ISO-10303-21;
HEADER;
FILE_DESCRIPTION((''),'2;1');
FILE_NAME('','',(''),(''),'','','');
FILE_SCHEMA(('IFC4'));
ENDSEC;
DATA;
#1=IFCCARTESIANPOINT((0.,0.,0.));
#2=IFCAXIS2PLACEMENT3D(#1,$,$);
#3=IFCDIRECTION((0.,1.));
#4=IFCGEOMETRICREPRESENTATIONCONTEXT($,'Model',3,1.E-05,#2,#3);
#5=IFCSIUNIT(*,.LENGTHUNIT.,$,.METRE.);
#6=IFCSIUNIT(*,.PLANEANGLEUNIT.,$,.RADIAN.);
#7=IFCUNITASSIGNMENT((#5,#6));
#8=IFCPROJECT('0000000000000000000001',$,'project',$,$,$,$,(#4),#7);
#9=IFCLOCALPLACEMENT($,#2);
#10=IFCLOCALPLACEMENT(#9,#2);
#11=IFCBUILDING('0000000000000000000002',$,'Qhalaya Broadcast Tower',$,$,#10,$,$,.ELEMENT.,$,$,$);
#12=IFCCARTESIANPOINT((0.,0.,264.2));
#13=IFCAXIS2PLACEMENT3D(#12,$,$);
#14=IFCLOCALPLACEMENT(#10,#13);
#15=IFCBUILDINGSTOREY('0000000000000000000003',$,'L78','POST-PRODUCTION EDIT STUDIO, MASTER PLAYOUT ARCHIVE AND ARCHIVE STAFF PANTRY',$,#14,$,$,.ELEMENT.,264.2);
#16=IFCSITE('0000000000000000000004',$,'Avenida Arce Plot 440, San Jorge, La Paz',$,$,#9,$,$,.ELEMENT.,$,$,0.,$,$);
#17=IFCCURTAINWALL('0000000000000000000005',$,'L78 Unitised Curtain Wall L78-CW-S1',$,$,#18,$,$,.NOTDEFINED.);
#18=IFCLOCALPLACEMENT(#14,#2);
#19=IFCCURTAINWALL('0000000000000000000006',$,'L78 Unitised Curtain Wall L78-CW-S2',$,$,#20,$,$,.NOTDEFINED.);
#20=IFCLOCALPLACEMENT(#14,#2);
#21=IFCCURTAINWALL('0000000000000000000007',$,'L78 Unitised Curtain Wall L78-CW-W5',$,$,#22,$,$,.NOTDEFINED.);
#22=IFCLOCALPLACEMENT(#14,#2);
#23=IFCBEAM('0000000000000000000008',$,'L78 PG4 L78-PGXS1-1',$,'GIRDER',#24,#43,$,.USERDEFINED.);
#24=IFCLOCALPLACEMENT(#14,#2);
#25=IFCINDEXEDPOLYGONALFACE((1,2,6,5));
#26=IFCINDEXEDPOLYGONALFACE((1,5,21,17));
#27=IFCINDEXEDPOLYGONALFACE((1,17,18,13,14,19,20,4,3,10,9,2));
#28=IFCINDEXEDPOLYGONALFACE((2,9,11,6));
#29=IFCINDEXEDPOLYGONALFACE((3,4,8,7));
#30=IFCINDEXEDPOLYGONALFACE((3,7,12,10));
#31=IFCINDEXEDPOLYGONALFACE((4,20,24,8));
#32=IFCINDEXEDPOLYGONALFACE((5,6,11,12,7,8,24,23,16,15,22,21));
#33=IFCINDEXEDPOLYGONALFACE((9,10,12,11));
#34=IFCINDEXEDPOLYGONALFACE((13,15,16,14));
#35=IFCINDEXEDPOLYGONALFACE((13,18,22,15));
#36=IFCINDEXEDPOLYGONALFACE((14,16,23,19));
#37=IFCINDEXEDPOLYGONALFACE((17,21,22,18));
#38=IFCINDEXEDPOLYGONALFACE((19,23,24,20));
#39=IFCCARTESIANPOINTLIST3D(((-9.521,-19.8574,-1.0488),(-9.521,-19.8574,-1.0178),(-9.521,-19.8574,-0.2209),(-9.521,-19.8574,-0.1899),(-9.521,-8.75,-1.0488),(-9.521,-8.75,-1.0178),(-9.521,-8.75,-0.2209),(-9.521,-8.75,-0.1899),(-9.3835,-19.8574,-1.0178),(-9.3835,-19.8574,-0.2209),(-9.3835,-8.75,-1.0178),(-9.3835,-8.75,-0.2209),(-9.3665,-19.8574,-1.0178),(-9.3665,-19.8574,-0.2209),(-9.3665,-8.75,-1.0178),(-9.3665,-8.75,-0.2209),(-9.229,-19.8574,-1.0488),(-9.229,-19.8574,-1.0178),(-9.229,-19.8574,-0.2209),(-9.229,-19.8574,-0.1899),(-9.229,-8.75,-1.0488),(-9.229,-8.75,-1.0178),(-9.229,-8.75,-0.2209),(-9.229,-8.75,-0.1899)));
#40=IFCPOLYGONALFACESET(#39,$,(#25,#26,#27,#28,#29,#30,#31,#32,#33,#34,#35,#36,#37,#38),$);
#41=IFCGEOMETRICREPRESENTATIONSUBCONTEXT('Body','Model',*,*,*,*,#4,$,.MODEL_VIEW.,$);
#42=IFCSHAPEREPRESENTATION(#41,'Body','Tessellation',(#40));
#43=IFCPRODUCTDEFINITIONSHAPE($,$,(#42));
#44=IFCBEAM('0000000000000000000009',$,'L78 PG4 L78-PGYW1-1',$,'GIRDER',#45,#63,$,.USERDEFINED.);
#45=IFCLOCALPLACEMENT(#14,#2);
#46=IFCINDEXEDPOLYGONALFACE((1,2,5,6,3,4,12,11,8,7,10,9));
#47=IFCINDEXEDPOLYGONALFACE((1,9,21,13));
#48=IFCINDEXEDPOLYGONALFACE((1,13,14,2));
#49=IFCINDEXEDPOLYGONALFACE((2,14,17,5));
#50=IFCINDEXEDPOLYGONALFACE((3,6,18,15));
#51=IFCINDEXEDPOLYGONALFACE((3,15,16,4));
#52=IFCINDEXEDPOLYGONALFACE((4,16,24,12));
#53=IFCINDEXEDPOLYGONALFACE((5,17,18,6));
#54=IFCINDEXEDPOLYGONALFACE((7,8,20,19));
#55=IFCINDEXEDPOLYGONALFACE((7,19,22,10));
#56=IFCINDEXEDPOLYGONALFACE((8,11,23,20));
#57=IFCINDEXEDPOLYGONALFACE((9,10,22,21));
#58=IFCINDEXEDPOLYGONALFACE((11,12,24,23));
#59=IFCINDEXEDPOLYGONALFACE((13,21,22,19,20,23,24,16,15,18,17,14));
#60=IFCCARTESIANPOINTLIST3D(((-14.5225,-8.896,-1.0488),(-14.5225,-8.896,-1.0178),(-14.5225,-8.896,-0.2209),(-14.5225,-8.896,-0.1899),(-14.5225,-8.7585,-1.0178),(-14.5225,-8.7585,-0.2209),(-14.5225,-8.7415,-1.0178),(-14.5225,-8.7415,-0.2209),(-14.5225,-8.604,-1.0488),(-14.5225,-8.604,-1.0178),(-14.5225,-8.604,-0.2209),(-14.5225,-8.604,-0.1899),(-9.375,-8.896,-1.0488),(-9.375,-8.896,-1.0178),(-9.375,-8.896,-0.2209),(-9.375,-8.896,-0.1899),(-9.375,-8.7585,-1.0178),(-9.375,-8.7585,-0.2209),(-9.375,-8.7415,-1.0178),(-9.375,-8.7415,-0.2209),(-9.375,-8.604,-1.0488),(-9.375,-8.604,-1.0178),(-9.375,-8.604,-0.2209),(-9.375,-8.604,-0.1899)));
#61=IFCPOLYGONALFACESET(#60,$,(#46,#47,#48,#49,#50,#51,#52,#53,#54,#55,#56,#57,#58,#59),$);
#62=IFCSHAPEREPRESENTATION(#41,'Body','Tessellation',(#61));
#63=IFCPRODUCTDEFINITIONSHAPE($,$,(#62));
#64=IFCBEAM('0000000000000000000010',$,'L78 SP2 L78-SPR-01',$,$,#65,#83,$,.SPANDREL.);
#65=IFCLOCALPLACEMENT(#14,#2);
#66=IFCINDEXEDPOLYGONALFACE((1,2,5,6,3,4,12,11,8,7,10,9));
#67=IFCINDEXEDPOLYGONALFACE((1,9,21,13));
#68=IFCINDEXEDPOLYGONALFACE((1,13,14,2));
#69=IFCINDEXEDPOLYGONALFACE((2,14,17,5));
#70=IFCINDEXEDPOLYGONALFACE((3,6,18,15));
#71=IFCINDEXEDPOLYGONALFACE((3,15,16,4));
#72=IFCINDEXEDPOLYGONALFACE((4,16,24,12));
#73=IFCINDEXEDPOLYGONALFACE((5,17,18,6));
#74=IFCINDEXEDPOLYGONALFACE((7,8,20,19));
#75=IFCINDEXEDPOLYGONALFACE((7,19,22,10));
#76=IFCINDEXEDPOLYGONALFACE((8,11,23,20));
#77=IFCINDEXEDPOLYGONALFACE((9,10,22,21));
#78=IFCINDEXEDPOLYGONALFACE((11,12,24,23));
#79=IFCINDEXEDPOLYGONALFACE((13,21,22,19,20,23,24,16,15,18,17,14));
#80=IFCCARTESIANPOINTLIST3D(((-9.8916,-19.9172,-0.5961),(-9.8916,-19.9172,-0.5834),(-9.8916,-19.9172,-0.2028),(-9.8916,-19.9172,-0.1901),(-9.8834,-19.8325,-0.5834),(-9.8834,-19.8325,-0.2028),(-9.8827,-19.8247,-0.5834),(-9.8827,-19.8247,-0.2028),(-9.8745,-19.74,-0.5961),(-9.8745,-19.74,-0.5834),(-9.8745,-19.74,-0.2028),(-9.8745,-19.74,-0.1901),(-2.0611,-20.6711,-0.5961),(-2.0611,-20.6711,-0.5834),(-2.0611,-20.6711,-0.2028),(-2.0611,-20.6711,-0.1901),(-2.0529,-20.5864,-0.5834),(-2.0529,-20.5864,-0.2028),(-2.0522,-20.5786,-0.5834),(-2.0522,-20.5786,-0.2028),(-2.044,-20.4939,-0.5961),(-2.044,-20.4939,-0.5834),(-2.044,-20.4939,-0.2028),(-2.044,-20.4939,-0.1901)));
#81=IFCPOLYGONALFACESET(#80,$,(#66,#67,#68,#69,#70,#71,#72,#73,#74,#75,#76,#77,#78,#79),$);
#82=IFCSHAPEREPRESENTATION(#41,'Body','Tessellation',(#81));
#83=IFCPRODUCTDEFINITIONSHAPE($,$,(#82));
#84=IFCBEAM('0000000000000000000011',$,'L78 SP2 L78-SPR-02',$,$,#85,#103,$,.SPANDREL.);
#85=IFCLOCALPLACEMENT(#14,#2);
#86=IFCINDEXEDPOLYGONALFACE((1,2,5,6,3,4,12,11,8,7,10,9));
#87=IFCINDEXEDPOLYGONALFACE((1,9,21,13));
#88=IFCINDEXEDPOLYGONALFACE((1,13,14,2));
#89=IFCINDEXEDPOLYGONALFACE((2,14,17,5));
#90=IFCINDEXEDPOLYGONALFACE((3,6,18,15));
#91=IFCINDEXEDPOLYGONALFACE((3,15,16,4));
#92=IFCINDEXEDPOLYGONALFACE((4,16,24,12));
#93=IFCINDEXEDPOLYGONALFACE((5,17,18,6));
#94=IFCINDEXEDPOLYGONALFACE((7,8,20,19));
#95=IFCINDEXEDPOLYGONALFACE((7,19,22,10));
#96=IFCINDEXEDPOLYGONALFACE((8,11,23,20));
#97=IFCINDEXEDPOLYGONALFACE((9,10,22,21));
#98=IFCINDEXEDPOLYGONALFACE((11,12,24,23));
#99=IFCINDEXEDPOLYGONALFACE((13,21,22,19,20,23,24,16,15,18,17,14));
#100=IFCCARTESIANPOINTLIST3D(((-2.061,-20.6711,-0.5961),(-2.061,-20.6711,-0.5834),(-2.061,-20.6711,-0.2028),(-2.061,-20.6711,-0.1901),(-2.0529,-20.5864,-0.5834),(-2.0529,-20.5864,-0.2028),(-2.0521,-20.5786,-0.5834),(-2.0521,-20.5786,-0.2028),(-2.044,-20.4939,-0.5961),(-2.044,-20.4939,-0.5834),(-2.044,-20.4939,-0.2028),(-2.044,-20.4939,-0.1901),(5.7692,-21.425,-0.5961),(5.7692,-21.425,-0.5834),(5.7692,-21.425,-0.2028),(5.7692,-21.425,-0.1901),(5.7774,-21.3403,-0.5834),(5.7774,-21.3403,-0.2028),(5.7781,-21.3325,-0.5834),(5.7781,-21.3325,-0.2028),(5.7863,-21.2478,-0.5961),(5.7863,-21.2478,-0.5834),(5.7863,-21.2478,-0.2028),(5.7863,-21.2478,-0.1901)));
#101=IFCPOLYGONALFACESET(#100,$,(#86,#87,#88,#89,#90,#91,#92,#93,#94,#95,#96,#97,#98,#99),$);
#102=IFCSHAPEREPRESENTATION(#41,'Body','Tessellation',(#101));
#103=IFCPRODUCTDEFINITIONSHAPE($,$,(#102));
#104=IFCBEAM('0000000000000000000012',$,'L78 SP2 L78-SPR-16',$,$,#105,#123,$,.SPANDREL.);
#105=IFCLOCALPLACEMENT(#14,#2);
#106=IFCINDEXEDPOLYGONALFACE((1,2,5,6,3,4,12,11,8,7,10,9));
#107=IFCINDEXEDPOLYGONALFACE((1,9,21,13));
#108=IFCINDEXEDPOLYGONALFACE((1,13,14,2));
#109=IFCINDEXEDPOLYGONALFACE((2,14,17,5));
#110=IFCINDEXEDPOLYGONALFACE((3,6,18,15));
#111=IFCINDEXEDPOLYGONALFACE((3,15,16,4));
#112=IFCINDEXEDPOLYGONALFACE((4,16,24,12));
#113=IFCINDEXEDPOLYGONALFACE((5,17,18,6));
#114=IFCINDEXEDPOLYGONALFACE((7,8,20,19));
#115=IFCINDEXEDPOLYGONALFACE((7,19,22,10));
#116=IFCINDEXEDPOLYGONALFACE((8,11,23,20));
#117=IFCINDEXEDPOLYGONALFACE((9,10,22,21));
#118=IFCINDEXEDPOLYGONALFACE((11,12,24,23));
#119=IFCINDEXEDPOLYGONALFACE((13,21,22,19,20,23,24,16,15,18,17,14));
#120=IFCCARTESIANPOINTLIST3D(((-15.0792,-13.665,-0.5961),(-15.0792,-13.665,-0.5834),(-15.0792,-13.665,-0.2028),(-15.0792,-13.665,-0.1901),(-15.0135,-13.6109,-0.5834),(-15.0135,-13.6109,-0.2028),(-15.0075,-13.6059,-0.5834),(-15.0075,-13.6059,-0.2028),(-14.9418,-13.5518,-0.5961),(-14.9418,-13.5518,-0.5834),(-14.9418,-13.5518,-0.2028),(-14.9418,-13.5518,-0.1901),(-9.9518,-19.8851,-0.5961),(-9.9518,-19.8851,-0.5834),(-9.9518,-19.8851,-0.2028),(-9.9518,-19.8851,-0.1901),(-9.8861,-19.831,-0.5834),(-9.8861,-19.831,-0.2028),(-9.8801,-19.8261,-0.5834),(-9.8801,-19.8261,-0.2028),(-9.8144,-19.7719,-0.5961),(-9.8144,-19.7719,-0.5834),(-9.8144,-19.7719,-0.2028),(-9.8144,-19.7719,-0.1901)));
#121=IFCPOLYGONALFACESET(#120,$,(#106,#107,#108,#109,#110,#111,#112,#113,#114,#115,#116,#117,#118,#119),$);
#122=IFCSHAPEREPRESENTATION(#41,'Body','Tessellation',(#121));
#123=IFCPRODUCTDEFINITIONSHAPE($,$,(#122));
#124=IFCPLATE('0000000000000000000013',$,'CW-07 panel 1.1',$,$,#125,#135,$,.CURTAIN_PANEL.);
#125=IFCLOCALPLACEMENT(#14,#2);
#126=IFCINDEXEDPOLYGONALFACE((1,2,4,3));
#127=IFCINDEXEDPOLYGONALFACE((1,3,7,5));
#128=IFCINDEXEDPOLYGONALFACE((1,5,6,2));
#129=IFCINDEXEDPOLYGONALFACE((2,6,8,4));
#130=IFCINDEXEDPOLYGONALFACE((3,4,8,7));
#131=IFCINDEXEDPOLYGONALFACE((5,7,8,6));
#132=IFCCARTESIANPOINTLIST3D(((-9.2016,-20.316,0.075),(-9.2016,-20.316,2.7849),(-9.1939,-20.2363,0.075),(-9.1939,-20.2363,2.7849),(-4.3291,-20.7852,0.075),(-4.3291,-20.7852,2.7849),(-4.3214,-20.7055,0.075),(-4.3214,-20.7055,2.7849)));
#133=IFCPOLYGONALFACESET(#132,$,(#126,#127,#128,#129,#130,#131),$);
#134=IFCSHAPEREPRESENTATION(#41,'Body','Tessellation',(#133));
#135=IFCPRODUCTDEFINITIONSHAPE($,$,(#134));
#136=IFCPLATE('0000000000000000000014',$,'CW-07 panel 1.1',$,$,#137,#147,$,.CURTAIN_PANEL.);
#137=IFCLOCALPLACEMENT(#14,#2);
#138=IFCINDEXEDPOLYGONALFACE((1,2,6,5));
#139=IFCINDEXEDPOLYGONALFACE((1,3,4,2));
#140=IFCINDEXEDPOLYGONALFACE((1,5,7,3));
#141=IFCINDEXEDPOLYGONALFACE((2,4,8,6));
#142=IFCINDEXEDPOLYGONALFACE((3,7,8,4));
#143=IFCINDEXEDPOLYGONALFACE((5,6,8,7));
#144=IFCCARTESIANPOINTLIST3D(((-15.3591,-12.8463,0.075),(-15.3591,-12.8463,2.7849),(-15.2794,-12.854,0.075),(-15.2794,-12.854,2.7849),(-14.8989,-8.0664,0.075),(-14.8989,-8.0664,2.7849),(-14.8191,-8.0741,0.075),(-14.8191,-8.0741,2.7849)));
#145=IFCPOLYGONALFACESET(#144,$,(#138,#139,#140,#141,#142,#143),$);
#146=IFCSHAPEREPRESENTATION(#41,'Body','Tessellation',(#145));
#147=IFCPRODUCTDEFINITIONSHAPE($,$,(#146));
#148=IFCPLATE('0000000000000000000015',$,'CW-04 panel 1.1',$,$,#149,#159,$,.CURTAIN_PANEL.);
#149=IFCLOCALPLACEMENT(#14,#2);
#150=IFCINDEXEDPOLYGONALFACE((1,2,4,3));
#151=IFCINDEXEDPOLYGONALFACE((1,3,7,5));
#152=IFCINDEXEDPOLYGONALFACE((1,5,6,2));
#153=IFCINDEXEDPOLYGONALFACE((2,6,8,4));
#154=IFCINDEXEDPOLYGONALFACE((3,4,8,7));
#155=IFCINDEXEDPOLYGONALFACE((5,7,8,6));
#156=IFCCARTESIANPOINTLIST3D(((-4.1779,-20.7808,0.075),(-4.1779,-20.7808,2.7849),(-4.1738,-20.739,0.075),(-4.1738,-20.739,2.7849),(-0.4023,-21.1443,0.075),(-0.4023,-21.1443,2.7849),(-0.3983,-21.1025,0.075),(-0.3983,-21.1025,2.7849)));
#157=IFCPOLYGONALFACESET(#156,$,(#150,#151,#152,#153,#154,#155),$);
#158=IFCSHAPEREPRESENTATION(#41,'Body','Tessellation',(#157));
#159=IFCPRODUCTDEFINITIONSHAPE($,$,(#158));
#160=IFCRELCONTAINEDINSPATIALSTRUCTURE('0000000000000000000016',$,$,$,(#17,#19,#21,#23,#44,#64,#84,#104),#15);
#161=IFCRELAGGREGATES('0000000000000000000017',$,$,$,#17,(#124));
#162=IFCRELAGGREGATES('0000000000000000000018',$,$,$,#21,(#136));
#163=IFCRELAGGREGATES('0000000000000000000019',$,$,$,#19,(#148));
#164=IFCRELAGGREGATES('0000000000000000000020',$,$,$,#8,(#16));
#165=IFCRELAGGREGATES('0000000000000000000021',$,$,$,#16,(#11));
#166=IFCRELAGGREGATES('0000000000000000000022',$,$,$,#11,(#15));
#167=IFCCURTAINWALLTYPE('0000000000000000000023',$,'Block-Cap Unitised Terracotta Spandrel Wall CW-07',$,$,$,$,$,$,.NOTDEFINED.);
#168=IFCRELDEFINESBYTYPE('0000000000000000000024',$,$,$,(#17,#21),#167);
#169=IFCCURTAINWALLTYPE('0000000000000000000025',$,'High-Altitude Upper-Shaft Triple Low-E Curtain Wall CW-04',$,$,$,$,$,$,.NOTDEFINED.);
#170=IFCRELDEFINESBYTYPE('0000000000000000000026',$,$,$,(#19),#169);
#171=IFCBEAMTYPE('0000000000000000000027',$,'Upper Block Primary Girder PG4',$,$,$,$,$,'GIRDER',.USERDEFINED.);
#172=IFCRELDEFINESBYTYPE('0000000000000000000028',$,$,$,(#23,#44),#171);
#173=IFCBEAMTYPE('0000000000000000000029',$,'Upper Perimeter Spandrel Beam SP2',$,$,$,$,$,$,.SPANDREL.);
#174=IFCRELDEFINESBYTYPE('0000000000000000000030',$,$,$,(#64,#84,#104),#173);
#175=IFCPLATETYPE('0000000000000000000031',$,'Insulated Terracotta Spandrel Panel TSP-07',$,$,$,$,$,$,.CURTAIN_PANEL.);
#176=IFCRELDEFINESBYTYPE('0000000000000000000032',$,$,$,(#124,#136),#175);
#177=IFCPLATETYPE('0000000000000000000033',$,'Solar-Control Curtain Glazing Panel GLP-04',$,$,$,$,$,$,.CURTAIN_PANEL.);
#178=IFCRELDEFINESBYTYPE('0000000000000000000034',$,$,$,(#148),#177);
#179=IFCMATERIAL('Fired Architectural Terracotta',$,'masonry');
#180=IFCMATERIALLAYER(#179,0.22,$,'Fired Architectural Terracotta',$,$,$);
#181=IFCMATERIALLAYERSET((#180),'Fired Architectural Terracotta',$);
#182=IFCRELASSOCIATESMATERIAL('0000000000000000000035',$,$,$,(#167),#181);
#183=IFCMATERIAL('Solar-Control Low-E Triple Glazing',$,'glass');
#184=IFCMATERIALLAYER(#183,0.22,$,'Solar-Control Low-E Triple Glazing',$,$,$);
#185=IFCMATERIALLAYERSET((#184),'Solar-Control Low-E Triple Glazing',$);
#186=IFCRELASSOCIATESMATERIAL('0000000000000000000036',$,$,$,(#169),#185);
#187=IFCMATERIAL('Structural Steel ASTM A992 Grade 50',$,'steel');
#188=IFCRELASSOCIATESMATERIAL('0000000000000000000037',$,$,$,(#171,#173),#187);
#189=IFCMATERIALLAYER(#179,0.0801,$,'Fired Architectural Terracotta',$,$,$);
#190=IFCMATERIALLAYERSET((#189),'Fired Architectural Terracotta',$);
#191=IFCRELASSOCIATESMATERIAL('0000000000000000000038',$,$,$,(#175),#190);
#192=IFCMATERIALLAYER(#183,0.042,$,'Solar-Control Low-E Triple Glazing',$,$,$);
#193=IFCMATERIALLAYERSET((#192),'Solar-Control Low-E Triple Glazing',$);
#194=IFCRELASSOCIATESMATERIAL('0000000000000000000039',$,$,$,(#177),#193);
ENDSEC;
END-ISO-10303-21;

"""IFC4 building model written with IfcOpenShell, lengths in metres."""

from ifc_helpers import new_model, si_unit, direction, frame, origin, origin_2d, place, context, subcontext, project, spatial, rectangle, i_section, extrude, material, layer, layer_set, material_profile, profile_set, type_object, element, aggregate, save


model = new_model("IFC4")

# Units and contexts
model_context = context("Model", 3, precision=1e-05, world=origin(), true_north=direction((0.0, 1.0)))
body_context = subcontext(model_context, "Body", "Model", "MODEL_VIEW")
ifc_project = project(units=[si_unit("LENGTHUNIT", "METRE"), si_unit("PLANEANGLEUNIT", "RADIAN")], contexts=[model_context])

# Site, building, storey
site_placement = place(None, origin())
site = spatial("IfcSite", under=ifc_project, at=site_placement, Name="Avenida Arce Plot 440, San Jorge, La Paz", CompositionType="ELEMENT", RefElevation=0.0)
building_placement = place(site_placement, origin())
building = spatial("IfcBuilding", under=site, at=building_placement, Name="Qhalaya Broadcast Tower", CompositionType="ELEMENT")
storey_placement = place(building_placement, frame((0.0, 0.0, 264.2)))
storey = spatial("IfcBuildingStorey", under=building, at=storey_placement, Name="L78", Description="POST-PRODUCTION EDIT STUDIO, MASTER PLAYOUT ARCHIVE AND ARCHIVE STAFF PANTRY", CompositionType="ELEMENT", Elevation=264.2)

# Shared definitions
ifc_material_1 = material(Name="Structural Steel ASTM A992 Grade 50", Category="steel")

# Curtain walls
ifc_material_2 = material(Name="Fired Architectural Terracotta", Category="masonry")
ifc_layer_1 = layer(ifc_material_2, 0.22, Name="Fired Architectural Terracotta")
ifc_layer_set_1 = layer_set([ifc_layer_1], Name="Fired Architectural Terracotta")
curtain_wall_type_1 = type_object("IfcCurtainWallType", Name="Block-Cap Unitised Terracotta Spandrel Wall CW-07", PredefinedType="NOTDEFINED", material=ifc_layer_set_1)
curtain_wall_1_placement = place(storey_placement, origin())
curtain_wall_1 = element("IfcCurtainWall", 1, at=curtain_wall_1_placement, inside=storey, type_object=curtain_wall_type_1, Name="L78 Unitised Curtain Wall L78-CW-S1", PredefinedType="NOTDEFINED")
ifc_material_3 = material(Name="Solar-Control Low-E Triple Glazing", Category="glass")
ifc_layer_2 = layer(ifc_material_3, 0.22, Name="Solar-Control Low-E Triple Glazing")
ifc_layer_set_2 = layer_set([ifc_layer_2], Name="Solar-Control Low-E Triple Glazing")
curtain_wall_type_2 = type_object("IfcCurtainWallType", Name="High-Altitude Upper-Shaft Triple Low-E Curtain Wall CW-04", PredefinedType="NOTDEFINED", material=ifc_layer_set_2)
curtain_wall_2_placement = place(storey_placement, origin())
curtain_wall_2 = element("IfcCurtainWall", 2, at=curtain_wall_2_placement, inside=storey, type_object=curtain_wall_type_2, Name="L78 Unitised Curtain Wall L78-CW-S2", PredefinedType="NOTDEFINED")

# Curtain wall
curtain_wall_3_placement = place(storey_placement, origin())
curtain_wall_3 = element("IfcCurtainWall", 3, at=curtain_wall_3_placement, inside=storey, type_object=curtain_wall_type_1, Name="L78 Unitised Curtain Wall L78-CW-W5", PredefinedType="NOTDEFINED")

# Beams
ifc_material_profile_1 = material_profile(ifc_material_1, i_section(OverallWidth=0.292, OverallDepth=0.8589, WebThickness=0.0171, FlangeThickness=0.031, at=origin_2d()), Name="W33X169")
ifc_profile_set_1 = profile_set([ifc_material_profile_1], Name="Structural Steel ASTM A992 Grade 50")
beam_type_1 = type_object("IfcBeamType", Name="Upper Block Primary Girder PG4", ElementType="GIRDER", PredefinedType="USERDEFINED", material=ifc_profile_set_1)
beam_1_placement = place(storey_placement, frame((-9.375, -19.8574, -0.6194), z_axis=(0.0, 1.0, 0.0), x_axis=(-1.0, 0.0, 0.0)))
element("IfcBeam", 4, at=beam_1_placement, inside=storey, type_object=beam_type_1, Name="L78 PG4 L78-PGXS1-1", ObjectType="GIRDER", PredefinedType="USERDEFINED", context=body_context, shape_type="SweptSolid", body=[
    extrude(i_section(OverallWidth=0.292, OverallDepth=0.8589, WebThickness=0.0171, FlangeThickness=0.031, at=origin_2d()), origin(), (0.0, 0.0, 1.0), 11.1074),
])
beam_2_placement = place(storey_placement, frame((-14.5225, -8.75, -0.6194), z_axis=(1.0, 0.0, 0.0), x_axis=(0.0, 1.0, 0.0)))
element("IfcBeam", 5, at=beam_2_placement, inside=storey, type_object=beam_type_1, Name="L78 PG4 L78-PGYW1-1", ObjectType="GIRDER", PredefinedType="USERDEFINED", context=body_context, shape_type="SweptSolid", body=[
    extrude(i_section(OverallWidth=0.292, OverallDepth=0.8589, WebThickness=0.0171, FlangeThickness=0.031, at=origin_2d()), origin(), (0.0, 0.0, 1.0), 5.1475),
])
ifc_material_profile_2 = material_profile(ifc_material_1, i_section(OverallWidth=0.178, OverallDepth=0.406, WebThickness=0.0078, FlangeThickness=0.0127, at=origin_2d()), Name="W16X40")
ifc_profile_set_2 = profile_set([ifc_material_profile_2], Name="Structural Steel ASTM A992 Grade 50")
beam_type_2 = type_object("IfcBeamType", Name="Upper Perimeter Spandrel Beam SP2", PredefinedType="SPANDREL", material=ifc_profile_set_2)
beam_3_placement = place(storey_placement, frame((-9.8831, -19.8286, -0.3931), z_axis=(0.995397, -0.095834, 0.0), x_axis=(0.095834, 0.995397, 0.0)))
element("IfcBeam", 6, at=beam_3_placement, inside=storey, type_object=beam_type_2, Name="L78 SP2 L78-SPR-01", PredefinedType="SPANDREL", context=body_context, shape_type="SweptSolid", body=[
    extrude(i_section(OverallWidth=0.178, OverallDepth=0.406, WebThickness=0.0078, FlangeThickness=0.0127, at=origin_2d()), origin(), (0.0, 0.0, 1.0), 7.8667),
])
beam_4_placement = place(storey_placement, frame((-2.0525, -20.5825, -0.3931), z_axis=(0.995397, -0.095837, 0.0), x_axis=(0.095837, 0.995397, 0.0)))
element("IfcBeam", 7, at=beam_4_placement, inside=storey, type_object=beam_type_2, Name="L78 SP2 L78-SPR-02", PredefinedType="SPANDREL", context=body_context, shape_type="SweptSolid", body=[
    extrude(i_section(OverallWidth=0.178, OverallDepth=0.406, WebThickness=0.0078, FlangeThickness=0.0127, at=origin_2d()), origin(), (0.0, 0.0, 1.0), 7.8665),
])
beam_5_placement = place(storey_placement, frame((-15.0105, -13.6084, -0.3931), z_axis=(0.63607, -0.771631, 0.0), x_axis=(0.771631, 0.63607, 0.0)))
element("IfcBeam", 8, at=beam_5_placement, inside=storey, type_object=beam_type_2, Name="L78 SP2 L78-SPR-16", PredefinedType="SPANDREL", context=body_context, shape_type="SweptSolid", body=[
    extrude(i_section(OverallWidth=0.178, OverallDepth=0.406, WebThickness=0.0078, FlangeThickness=0.0127, at=origin_2d()), origin(), (0.0, 0.0, 1.0), 8.061),
])

# Plates
ifc_layer_3 = layer(ifc_material_2, 0.0801, Name="Fired Architectural Terracotta")
ifc_layer_set_3 = layer_set([ifc_layer_3], Name="Fired Architectural Terracotta")
plate_type_1 = type_object("IfcPlateType", Name="Insulated Terracotta Spandrel Panel TSP-07", PredefinedType="CURTAIN_PANEL", material=ifc_layer_set_3)
plate_1_placement = place(storey_placement, frame((-6.7615, -20.5107, 0.075), z_axis=(0.0, 0.0, 1.0), x_axis=(0.995395, -0.095857, 0.0)))
plate_1 = element("IfcPlate", 9, at=plate_1_placement, type_object=plate_type_1, Name="CW-07 panel 1.1", PredefinedType="CURTAIN_PANEL", context=body_context, shape_type="SweptSolid", body=[
    extrude(rectangle(XDim=4.895, YDim=0.0801, at=origin_2d()), origin(), (0.0, 0.0, 1.0), 2.71),
])
aggregate(curtain_wall_1, [plate_1])
plate_2_placement = place(storey_placement, frame((-15.0891, -10.4602, 0.075), z_axis=(0.0, 0.0, 1.0), x_axis=(-0.09584, -0.995397, 0.0)))
plate_2 = element("IfcPlate", 10, at=plate_2_placement, type_object=plate_type_1, Name="CW-07 panel 1.1", PredefinedType="CURTAIN_PANEL", context=body_context, shape_type="SweptSolid", body=[
    extrude(rectangle(XDim=4.802, YDim=0.0801, at=origin_2d()), origin(), (0.0, 0.0, 1.0), 2.71),
])
aggregate(curtain_wall_3, [plate_2])
ifc_layer_4 = layer(ifc_material_3, 0.042, Name="Solar-Control Low-E Triple Glazing")
ifc_layer_set_4 = layer_set([ifc_layer_4], Name="Solar-Control Low-E Triple Glazing")
plate_type_2 = type_object("IfcPlateType", Name="Solar-Control Curtain Glazing Panel GLP-04", PredefinedType="CURTAIN_PANEL", material=ifc_layer_set_4)
plate_3_placement = place(storey_placement, frame((-2.2881, -20.9417, 0.075), z_axis=(0.0, 0.0, 1.0), x_axis=(0.995397, -0.095842, 0.0)))
plate_3 = element("IfcPlate", 11, at=plate_3_placement, type_object=plate_type_2, Name="CW-04 panel 1.1", PredefinedType="CURTAIN_PANEL", context=body_context, shape_type="SweptSolid", body=[
    extrude(rectangle(XDim=3.793, YDim=0.042, at=origin_2d()), origin(), (0.0, 0.0, 1.0), 2.71),
])
aggregate(curtain_wall_2, [plate_3])

save(model, "model.ifc")
